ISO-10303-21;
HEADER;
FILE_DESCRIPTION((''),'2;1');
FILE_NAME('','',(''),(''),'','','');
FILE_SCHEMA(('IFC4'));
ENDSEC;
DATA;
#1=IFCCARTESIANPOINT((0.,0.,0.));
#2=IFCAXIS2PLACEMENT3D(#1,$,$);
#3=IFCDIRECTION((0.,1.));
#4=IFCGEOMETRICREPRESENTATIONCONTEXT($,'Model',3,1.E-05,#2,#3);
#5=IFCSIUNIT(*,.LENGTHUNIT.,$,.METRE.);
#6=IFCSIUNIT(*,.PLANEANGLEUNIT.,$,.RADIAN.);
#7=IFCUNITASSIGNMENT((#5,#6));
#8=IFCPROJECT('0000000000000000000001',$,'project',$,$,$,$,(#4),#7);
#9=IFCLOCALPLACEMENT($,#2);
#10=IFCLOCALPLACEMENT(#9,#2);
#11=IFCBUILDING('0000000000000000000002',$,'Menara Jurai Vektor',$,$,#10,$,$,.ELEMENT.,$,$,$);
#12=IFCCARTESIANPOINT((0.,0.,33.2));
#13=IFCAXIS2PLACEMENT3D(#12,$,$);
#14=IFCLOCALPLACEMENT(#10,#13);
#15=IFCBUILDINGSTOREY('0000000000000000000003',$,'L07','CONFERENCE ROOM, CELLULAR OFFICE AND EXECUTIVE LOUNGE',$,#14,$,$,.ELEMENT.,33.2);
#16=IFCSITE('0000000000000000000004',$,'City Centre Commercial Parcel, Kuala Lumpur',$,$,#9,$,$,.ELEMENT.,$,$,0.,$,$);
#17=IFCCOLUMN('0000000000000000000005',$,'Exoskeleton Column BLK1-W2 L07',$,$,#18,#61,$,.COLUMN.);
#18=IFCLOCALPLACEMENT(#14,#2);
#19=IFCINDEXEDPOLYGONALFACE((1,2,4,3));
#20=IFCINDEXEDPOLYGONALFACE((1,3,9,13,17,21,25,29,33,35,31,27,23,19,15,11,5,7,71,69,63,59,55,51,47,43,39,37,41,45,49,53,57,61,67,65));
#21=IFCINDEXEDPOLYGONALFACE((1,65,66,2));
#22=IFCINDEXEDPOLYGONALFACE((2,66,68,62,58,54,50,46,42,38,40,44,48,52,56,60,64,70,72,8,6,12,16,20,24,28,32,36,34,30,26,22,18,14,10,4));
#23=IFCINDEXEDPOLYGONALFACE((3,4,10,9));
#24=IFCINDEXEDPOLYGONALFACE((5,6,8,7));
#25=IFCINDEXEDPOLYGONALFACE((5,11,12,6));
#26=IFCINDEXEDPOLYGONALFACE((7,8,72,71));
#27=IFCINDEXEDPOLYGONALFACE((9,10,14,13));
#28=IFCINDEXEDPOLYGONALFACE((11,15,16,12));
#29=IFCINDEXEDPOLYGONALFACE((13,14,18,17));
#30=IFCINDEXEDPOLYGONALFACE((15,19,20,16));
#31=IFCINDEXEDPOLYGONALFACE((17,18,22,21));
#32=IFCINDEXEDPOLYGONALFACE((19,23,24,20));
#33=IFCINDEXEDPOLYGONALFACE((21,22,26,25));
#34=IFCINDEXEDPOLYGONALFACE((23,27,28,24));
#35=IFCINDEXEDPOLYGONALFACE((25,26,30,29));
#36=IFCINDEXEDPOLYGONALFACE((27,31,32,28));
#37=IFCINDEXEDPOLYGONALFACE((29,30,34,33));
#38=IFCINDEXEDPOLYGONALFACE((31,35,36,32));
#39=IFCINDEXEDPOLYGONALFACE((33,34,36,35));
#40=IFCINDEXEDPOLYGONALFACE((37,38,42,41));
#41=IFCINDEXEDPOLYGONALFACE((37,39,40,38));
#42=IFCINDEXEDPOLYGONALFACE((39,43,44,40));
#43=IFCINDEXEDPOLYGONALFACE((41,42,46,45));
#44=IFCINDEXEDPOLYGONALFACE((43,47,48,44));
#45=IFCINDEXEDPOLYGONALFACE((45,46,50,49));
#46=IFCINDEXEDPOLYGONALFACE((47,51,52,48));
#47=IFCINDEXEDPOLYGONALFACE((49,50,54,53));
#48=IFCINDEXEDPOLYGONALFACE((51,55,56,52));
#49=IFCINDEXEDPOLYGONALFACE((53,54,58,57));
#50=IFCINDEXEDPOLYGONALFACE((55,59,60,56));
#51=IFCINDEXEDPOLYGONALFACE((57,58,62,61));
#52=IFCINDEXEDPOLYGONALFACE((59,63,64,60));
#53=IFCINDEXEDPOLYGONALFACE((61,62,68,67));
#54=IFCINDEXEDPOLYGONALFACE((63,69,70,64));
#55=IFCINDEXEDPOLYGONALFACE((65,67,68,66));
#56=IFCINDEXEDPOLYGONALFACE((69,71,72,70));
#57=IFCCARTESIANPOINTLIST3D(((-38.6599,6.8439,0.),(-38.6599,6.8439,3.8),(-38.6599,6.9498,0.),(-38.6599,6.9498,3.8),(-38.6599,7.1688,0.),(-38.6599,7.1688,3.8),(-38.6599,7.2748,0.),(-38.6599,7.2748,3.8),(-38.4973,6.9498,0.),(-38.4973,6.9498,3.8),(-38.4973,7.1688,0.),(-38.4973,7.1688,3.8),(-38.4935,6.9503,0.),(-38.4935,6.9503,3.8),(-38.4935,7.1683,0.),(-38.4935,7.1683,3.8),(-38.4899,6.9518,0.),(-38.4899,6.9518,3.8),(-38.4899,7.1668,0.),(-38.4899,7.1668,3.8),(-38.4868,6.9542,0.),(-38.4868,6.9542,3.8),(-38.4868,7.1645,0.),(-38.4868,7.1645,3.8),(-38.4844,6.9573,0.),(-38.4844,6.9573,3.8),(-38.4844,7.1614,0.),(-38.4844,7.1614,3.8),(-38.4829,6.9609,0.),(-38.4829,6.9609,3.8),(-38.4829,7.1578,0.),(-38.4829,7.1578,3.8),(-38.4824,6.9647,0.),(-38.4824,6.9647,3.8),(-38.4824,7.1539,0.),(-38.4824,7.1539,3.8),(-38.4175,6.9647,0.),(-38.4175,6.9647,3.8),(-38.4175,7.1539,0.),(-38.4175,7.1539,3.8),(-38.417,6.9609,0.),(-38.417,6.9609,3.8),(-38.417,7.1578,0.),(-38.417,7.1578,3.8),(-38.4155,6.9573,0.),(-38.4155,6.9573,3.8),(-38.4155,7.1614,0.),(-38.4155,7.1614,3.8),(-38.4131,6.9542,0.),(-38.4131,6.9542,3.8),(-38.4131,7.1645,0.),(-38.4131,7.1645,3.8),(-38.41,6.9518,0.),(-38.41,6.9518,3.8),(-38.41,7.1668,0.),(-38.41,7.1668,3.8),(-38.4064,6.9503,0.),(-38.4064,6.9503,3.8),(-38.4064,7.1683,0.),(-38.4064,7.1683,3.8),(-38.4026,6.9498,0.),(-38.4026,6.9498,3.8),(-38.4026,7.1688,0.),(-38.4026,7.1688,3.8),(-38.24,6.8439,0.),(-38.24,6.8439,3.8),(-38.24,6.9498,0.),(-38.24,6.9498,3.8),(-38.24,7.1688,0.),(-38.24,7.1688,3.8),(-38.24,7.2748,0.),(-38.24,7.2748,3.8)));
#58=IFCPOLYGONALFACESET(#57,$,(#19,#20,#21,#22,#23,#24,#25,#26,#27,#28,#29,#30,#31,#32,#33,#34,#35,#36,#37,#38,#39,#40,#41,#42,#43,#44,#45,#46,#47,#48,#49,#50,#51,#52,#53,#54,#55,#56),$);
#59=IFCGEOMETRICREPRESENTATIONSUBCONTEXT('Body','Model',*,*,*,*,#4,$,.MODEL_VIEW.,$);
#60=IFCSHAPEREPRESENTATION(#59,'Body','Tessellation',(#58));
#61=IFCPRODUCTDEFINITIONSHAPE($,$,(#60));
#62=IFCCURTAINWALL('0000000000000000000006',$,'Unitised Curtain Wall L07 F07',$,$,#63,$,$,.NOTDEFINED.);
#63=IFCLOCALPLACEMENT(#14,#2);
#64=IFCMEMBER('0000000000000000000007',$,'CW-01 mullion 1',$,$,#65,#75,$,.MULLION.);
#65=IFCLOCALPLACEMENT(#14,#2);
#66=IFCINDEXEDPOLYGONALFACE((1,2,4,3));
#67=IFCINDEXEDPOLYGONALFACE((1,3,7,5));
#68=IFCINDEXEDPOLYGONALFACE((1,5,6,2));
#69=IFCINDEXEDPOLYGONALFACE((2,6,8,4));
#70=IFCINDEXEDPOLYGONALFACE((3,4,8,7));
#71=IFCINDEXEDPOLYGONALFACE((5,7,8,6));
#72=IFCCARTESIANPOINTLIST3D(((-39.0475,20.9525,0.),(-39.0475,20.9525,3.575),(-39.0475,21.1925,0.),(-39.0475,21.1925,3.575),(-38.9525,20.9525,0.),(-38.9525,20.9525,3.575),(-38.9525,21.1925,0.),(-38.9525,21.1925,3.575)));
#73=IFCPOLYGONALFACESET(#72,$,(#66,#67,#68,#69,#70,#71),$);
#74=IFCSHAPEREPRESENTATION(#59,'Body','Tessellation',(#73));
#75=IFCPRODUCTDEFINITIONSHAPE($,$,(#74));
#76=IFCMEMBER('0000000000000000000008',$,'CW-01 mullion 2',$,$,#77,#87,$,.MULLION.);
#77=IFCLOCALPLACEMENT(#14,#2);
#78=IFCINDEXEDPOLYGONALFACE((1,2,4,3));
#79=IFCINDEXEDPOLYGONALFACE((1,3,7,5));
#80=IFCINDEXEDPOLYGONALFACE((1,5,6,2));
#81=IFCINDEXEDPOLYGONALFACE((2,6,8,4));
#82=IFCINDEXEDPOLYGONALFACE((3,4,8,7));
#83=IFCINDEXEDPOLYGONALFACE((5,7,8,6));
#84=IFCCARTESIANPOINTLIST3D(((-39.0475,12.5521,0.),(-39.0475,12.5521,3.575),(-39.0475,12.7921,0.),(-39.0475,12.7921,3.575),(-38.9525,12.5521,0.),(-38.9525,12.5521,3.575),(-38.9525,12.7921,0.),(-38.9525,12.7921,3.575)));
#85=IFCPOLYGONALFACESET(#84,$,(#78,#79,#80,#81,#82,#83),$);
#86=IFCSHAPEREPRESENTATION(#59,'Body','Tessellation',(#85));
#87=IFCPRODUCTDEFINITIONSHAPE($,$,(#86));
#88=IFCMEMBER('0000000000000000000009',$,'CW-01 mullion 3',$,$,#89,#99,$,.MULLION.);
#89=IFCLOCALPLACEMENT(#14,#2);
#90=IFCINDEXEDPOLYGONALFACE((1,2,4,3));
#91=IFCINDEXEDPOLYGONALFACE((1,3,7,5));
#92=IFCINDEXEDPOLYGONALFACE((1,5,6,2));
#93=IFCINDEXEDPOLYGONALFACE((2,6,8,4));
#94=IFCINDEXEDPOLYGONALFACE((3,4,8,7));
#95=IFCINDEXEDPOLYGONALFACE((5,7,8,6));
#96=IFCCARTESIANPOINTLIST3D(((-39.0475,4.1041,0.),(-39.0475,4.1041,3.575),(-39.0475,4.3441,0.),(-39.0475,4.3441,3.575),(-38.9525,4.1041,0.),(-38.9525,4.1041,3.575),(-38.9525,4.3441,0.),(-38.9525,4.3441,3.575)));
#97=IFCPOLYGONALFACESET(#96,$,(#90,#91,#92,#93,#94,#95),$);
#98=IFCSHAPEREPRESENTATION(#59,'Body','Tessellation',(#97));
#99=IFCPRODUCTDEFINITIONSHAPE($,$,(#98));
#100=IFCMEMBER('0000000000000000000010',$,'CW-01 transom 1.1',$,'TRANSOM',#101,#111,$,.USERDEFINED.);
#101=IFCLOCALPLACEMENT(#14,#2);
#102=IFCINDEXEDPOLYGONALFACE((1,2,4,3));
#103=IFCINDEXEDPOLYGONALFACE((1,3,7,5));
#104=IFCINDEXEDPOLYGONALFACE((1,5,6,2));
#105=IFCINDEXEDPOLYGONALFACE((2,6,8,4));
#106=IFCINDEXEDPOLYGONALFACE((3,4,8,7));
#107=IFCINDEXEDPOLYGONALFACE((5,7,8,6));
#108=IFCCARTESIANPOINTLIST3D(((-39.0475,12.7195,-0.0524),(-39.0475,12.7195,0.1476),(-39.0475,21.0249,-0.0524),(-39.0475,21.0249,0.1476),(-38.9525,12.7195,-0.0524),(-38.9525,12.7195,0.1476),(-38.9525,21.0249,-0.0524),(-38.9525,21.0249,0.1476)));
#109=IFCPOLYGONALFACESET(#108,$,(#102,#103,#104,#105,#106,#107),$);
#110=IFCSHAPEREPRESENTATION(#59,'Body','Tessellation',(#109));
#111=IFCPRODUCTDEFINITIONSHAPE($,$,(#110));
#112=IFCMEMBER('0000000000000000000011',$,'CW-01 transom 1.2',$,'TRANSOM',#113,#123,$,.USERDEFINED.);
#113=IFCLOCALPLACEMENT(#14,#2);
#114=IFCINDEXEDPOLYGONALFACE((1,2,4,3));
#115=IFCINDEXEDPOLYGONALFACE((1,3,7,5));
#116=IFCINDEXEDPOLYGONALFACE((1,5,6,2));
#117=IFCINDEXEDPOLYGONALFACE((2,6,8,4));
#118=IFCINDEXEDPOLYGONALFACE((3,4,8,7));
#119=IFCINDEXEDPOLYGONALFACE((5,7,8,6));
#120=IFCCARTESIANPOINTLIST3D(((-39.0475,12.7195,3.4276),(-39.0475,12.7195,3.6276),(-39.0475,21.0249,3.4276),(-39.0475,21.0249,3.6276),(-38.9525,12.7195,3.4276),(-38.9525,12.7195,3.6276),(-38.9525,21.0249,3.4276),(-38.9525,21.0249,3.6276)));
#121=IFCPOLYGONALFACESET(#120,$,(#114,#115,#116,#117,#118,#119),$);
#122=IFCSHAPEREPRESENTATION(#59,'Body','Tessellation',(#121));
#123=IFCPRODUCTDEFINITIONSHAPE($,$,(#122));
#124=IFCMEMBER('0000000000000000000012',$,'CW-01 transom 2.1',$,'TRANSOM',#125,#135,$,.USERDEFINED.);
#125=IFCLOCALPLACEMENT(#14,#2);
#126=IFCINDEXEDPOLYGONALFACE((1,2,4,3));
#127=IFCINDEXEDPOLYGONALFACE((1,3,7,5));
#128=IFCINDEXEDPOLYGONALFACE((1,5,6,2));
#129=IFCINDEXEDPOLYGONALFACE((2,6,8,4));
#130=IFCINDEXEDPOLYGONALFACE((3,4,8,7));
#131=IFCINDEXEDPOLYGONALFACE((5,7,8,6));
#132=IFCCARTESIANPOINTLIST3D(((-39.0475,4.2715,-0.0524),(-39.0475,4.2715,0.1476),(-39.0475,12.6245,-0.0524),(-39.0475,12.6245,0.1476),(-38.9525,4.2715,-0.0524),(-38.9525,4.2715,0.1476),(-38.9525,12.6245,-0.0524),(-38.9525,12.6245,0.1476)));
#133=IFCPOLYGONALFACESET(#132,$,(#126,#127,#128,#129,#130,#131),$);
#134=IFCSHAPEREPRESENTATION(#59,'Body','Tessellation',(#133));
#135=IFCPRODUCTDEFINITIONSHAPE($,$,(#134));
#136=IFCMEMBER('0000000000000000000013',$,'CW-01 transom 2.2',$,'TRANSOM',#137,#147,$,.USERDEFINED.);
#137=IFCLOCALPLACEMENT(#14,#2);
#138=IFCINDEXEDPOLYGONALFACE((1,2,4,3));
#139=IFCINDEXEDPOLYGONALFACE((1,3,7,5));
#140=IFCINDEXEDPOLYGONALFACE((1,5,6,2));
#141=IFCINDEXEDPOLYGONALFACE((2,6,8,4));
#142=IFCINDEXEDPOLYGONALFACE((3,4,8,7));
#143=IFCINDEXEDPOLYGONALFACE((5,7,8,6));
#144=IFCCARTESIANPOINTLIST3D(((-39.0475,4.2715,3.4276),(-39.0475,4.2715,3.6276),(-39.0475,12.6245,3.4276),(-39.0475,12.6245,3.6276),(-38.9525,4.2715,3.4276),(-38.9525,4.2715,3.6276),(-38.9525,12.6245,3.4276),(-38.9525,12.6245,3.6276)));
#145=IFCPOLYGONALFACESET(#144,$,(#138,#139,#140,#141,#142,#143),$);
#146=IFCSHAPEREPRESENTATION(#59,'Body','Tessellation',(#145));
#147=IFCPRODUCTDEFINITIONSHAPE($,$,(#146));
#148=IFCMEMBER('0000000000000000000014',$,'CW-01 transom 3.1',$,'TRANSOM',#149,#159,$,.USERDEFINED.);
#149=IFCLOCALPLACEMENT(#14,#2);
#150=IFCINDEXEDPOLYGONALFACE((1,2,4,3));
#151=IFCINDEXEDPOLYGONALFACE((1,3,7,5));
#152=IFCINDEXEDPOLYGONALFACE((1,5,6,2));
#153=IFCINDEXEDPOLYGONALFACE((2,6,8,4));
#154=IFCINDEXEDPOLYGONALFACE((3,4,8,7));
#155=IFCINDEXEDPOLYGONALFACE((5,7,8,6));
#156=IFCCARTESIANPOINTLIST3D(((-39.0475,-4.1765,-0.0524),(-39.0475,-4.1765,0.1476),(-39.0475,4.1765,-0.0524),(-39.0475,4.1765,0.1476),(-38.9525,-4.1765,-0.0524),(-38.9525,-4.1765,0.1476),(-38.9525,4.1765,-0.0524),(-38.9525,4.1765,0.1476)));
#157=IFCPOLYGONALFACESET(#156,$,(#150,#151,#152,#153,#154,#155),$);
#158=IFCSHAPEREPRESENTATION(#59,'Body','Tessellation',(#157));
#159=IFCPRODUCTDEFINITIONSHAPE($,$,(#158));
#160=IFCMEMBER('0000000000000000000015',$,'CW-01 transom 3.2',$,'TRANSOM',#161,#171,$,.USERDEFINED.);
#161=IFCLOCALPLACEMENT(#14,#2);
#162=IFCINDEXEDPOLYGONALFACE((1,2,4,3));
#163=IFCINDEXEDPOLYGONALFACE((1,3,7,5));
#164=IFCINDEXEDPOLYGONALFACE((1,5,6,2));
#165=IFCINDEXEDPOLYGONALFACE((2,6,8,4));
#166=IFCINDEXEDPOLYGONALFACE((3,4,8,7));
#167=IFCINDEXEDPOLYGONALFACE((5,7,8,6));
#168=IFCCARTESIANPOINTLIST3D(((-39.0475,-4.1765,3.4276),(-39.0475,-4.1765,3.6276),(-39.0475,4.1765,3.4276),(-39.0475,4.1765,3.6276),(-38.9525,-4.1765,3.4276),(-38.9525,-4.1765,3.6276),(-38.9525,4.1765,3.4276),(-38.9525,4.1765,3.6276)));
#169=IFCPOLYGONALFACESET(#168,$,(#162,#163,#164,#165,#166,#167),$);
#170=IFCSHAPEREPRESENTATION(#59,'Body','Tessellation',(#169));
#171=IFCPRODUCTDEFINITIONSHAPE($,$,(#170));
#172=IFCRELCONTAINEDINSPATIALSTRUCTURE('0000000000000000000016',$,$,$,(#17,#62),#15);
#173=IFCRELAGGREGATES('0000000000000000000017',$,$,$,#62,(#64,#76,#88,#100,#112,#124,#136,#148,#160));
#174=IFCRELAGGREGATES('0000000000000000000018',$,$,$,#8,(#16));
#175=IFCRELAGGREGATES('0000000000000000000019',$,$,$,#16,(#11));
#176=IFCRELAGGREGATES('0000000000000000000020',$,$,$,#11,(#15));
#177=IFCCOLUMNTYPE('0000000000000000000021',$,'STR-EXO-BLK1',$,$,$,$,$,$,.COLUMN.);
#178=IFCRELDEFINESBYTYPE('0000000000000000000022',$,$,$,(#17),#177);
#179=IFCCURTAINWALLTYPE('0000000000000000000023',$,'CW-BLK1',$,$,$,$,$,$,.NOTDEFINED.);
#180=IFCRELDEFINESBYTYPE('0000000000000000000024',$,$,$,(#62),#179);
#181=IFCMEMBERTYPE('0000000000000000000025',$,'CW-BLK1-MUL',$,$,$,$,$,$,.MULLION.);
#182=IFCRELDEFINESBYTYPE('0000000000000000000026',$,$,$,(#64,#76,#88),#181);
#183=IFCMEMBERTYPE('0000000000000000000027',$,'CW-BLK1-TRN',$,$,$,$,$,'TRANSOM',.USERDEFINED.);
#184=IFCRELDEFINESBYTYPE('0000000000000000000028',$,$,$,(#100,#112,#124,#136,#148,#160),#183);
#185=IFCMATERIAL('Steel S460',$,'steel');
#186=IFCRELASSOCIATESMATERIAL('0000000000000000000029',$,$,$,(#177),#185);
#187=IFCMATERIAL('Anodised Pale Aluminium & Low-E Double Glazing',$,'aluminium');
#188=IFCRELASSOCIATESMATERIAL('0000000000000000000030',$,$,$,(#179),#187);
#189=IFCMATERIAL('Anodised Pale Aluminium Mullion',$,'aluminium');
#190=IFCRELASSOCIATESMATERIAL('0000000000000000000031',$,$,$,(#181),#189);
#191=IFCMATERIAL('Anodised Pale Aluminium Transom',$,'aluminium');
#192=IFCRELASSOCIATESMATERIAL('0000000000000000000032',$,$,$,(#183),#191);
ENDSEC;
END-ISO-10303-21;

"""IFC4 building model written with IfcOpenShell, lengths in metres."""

from ifc_helpers import new_model, si_unit, direction, frame, origin, origin_2d, place, context, subcontext, project, spatial, rectangle, i_section, extrude, material, material_profile, profile_set, type_object, element, aggregate, save


model = new_model("IFC4")

# Units and contexts
model_context = context("Model", 3, precision=1e-05, world=origin(), true_north=direction((0.0, 1.0)))
body_context = subcontext(model_context, "Body", "Model", "MODEL_VIEW")
ifc_project = project(units=[si_unit("LENGTHUNIT", "METRE"), si_unit("PLANEANGLEUNIT", "RADIAN")], contexts=[model_context])

# Site, building, storey
site_placement = place(None, origin())
site = spatial("IfcSite", under=ifc_project, at=site_placement, Name="City Centre Commercial Parcel, Kuala Lumpur", CompositionType="ELEMENT", RefElevation=0.0)
building_placement = place(site_placement, origin())
building = spatial("IfcBuilding", under=site, at=building_placement, Name="Menara Jurai Vektor", CompositionType="ELEMENT")
storey_placement = place(building_placement, frame((0.0, 0.0, 33.2)))
storey = spatial("IfcBuildingStorey", under=building, at=storey_placement, Name="L07", Description="CONFERENCE ROOM, CELLULAR OFFICE AND EXECUTIVE LOUNGE", CompositionType="ELEMENT", Elevation=33.2)

# Column
ifc_material_1 = material(Name="Steel S460", Category="steel")
ifc_material_profile_1 = material_profile(ifc_material_1, i_section(OverallWidth=0.4199, OverallDepth=0.4309, WebThickness=0.0649, FlangeThickness=0.106, FilletRadius=0.0149, at=origin_2d()), Name="HD 400x900")
ifc_profile_set_1 = profile_set([ifc_material_profile_1], Name="Steel S460")
column_type = type_object("IfcColumnType", Name="STR-EXO-BLK1", PredefinedType="COLUMN", material=ifc_profile_set_1)
column_placement = place(storey_placement, frame((-38.45, 7.0593, 0.0), z_axis=(0.0, 0.0, 1.0), x_axis=(1.0, 0.0, 0.0)))
element("IfcColumn", 1, at=column_placement, inside=storey, type_object=column_type, Name="Exoskeleton Column BLK1-W2 L07", PredefinedType="COLUMN", context=body_context, shape_type="SweptSolid", body=[
    extrude(i_section(OverallWidth=0.4199, OverallDepth=0.4309, WebThickness=0.0649, FlangeThickness=0.106, FilletRadius=0.0149, at=origin_2d()), origin(), (0.0, 0.0, 1.0), 3.8),
])

# Curtain wall, members
ifc_material_2 = material(Name="Anodised Pale Aluminium & Low-E Double Glazing", Category="aluminium")
curtain_wall_type = type_object("IfcCurtainWallType", Name="CW-BLK1", PredefinedType="NOTDEFINED", material=ifc_material_2)
curtain_wall_placement = place(storey_placement, origin())
curtain_wall = element("IfcCurtainWall", 2, at=curtain_wall_placement, inside=storey, type_object=curtain_wall_type, Name="Unitised Curtain Wall L07 F07", PredefinedType="NOTDEFINED")
ifc_material_3 = material(Name="Anodised Pale Aluminium Mullion", Category="aluminium")
ifc_material_profile_2 = material_profile(ifc_material_3, rectangle(XDim=0.095, YDim=0.24, at=origin_2d()), Name="ALU MUL 95x240")
ifc_profile_set_2 = profile_set([ifc_material_profile_2], Name="Anodised Pale Aluminium Mullion")
member_type_1 = type_object("IfcMemberType", Name="CW-BLK1-MUL", PredefinedType="MULLION", material=ifc_profile_set_2)
member_1_placement = place(storey_placement, frame((-39.0, 21.0725, 0.0), z_axis=(0.0, 0.0, 1.0), x_axis=(1.0, 0.0, 0.0)))
member_1 = element("IfcMember", 3, at=member_1_placement, type_object=member_type_1, Name="CW-01 mullion 1", PredefinedType="MULLION", context=body_context, shape_type="SweptSolid", body=[
    extrude(rectangle(XDim=0.095, YDim=0.24, at=origin_2d()), origin(), (0.0, 0.0, 1.0), 3.575),
])
member_2_placement = place(storey_placement, frame((-39.0, 12.6721, 0.0), z_axis=(0.0, 0.0, 1.0), x_axis=(1.0, 0.0, 0.0)))
member_2 = element("IfcMember", 4, at=member_2_placement, type_object=member_type_1, Name="CW-01 mullion 2", PredefinedType="MULLION", context=body_context, shape_type="SweptSolid", body=[
    extrude(rectangle(XDim=0.095, YDim=0.24, at=origin_2d()), origin(), (0.0, 0.0, 1.0), 3.575),
])
member_3_placement = place(storey_placement, frame((-39.0, 4.2241, 0.0), z_axis=(0.0, 0.0, 1.0), x_axis=(1.0, 0.0, 0.0)))
member_3 = element("IfcMember", 5, at=member_3_placement, type_object=member_type_1, Name="CW-01 mullion 3", PredefinedType="MULLION", context=body_context, shape_type="SweptSolid", body=[
    extrude(rectangle(XDim=0.095, YDim=0.24, at=origin_2d()), origin(), (0.0, 0.0, 1.0), 3.575),
])
ifc_material_4 = material(Name="Anodised Pale Aluminium Transom", Category="aluminium")
ifc_material_profile_3 = material_profile(ifc_material_4, rectangle(XDim=0.095, YDim=0.2, at=origin_2d()), Name="ALU TRN 95x200")
ifc_profile_set_3 = profile_set([ifc_material_profile_3], Name="Anodised Pale Aluminium Transom")
member_type_2 = type_object("IfcMemberType", Name="CW-BLK1-TRN", ElementType="TRANSOM", PredefinedType="USERDEFINED", material=ifc_profile_set_3)
member_4_placement = place(storey_placement, frame((-39.0, 21.0249, 0.0476), z_axis=(0.0, -1.0, 0.0), x_axis=(1.0, 0.0, 0.0)))
member_4 = element("IfcMember", 6, at=member_4_placement, type_object=member_type_2, Name="CW-01 transom 1.1", ObjectType="TRANSOM", PredefinedType="USERDEFINED", context=body_context, shape_type="SweptSolid", body=[
    extrude(rectangle(XDim=0.095, YDim=0.2, at=origin_2d()), origin(), (0.0, 0.0, 1.0), 8.3054),
])
member_5_placement = place(storey_placement, frame((-39.0, 21.0249, 3.5276), z_axis=(0.0, -1.0, 0.0), x_axis=(1.0, 0.0, 0.0)))
member_5 = element("IfcMember", 7, at=member_5_placement, type_object=member_type_2, Name="CW-01 transom 1.2", ObjectType="TRANSOM", PredefinedType="USERDEFINED", context=body_context, shape_type="SweptSolid", body=[
    extrude(rectangle(XDim=0.095, YDim=0.2, at=origin_2d()), origin(), (0.0, 0.0, 1.0), 8.3054),
])
member_6_placement = place(storey_placement, frame((-39.0, 12.6245, 0.0476), z_axis=(0.0, -1.0, 0.0), x_axis=(1.0, 0.0, 0.0)))
member_6 = element("IfcMember", 8, at=member_6_placement, type_object=member_type_2, Name="CW-01 transom 2.1", ObjectType="TRANSOM", PredefinedType="USERDEFINED", context=body_context, shape_type="SweptSolid", body=[
    extrude(rectangle(XDim=0.095, YDim=0.2, at=origin_2d()), origin(), (0.0, 0.0, 1.0), 8.353),
])
member_7_placement = place(storey_placement, frame((-39.0, 12.6245, 3.5276), z_axis=(0.0, -1.0, 0.0), x_axis=(1.0, 0.0, 0.0)))
member_7 = element("IfcMember", 9, at=member_7_placement, type_object=member_type_2, Name="CW-01 transom 2.2", ObjectType="TRANSOM", PredefinedType="USERDEFINED", context=body_context, shape_type="SweptSolid", body=[
    extrude(rectangle(XDim=0.095, YDim=0.2, at=origin_2d()), origin(), (0.0, 0.0, 1.0), 8.353),
])
member_8_placement = place(storey_placement, frame((-39.0, 4.1765, 0.0476), z_axis=(0.0, -1.0, 0.0), x_axis=(1.0, 0.0, 0.0)))
member_8 = element("IfcMember", 10, at=member_8_placement, type_object=member_type_2, Name="CW-01 transom 3.1", ObjectType="TRANSOM", PredefinedType="USERDEFINED", context=body_context, shape_type="SweptSolid", body=[
    extrude(rectangle(XDim=0.095, YDim=0.2, at=origin_2d()), origin(), (0.0, 0.0, 1.0), 8.353),
])
member_9_placement = place(storey_placement, frame((-39.0, 4.1765, 3.5276), z_axis=(0.0, -1.0, 0.0), x_axis=(1.0, 0.0, 0.0)))
member_9 = element("IfcMember", 11, at=member_9_placement, type_object=member_type_2, Name="CW-01 transom 3.2", ObjectType="TRANSOM", PredefinedType="USERDEFINED", context=body_context, shape_type="SweptSolid", body=[
    extrude(rectangle(XDim=0.095, YDim=0.2, at=origin_2d()), origin(), (0.0, 0.0, 1.0), 8.353),
])

aggregate(curtain_wall, [member_1, member_2, member_3, member_4, member_5, member_6, member_7, member_8, member_9])

save(model, "model.ifc")
